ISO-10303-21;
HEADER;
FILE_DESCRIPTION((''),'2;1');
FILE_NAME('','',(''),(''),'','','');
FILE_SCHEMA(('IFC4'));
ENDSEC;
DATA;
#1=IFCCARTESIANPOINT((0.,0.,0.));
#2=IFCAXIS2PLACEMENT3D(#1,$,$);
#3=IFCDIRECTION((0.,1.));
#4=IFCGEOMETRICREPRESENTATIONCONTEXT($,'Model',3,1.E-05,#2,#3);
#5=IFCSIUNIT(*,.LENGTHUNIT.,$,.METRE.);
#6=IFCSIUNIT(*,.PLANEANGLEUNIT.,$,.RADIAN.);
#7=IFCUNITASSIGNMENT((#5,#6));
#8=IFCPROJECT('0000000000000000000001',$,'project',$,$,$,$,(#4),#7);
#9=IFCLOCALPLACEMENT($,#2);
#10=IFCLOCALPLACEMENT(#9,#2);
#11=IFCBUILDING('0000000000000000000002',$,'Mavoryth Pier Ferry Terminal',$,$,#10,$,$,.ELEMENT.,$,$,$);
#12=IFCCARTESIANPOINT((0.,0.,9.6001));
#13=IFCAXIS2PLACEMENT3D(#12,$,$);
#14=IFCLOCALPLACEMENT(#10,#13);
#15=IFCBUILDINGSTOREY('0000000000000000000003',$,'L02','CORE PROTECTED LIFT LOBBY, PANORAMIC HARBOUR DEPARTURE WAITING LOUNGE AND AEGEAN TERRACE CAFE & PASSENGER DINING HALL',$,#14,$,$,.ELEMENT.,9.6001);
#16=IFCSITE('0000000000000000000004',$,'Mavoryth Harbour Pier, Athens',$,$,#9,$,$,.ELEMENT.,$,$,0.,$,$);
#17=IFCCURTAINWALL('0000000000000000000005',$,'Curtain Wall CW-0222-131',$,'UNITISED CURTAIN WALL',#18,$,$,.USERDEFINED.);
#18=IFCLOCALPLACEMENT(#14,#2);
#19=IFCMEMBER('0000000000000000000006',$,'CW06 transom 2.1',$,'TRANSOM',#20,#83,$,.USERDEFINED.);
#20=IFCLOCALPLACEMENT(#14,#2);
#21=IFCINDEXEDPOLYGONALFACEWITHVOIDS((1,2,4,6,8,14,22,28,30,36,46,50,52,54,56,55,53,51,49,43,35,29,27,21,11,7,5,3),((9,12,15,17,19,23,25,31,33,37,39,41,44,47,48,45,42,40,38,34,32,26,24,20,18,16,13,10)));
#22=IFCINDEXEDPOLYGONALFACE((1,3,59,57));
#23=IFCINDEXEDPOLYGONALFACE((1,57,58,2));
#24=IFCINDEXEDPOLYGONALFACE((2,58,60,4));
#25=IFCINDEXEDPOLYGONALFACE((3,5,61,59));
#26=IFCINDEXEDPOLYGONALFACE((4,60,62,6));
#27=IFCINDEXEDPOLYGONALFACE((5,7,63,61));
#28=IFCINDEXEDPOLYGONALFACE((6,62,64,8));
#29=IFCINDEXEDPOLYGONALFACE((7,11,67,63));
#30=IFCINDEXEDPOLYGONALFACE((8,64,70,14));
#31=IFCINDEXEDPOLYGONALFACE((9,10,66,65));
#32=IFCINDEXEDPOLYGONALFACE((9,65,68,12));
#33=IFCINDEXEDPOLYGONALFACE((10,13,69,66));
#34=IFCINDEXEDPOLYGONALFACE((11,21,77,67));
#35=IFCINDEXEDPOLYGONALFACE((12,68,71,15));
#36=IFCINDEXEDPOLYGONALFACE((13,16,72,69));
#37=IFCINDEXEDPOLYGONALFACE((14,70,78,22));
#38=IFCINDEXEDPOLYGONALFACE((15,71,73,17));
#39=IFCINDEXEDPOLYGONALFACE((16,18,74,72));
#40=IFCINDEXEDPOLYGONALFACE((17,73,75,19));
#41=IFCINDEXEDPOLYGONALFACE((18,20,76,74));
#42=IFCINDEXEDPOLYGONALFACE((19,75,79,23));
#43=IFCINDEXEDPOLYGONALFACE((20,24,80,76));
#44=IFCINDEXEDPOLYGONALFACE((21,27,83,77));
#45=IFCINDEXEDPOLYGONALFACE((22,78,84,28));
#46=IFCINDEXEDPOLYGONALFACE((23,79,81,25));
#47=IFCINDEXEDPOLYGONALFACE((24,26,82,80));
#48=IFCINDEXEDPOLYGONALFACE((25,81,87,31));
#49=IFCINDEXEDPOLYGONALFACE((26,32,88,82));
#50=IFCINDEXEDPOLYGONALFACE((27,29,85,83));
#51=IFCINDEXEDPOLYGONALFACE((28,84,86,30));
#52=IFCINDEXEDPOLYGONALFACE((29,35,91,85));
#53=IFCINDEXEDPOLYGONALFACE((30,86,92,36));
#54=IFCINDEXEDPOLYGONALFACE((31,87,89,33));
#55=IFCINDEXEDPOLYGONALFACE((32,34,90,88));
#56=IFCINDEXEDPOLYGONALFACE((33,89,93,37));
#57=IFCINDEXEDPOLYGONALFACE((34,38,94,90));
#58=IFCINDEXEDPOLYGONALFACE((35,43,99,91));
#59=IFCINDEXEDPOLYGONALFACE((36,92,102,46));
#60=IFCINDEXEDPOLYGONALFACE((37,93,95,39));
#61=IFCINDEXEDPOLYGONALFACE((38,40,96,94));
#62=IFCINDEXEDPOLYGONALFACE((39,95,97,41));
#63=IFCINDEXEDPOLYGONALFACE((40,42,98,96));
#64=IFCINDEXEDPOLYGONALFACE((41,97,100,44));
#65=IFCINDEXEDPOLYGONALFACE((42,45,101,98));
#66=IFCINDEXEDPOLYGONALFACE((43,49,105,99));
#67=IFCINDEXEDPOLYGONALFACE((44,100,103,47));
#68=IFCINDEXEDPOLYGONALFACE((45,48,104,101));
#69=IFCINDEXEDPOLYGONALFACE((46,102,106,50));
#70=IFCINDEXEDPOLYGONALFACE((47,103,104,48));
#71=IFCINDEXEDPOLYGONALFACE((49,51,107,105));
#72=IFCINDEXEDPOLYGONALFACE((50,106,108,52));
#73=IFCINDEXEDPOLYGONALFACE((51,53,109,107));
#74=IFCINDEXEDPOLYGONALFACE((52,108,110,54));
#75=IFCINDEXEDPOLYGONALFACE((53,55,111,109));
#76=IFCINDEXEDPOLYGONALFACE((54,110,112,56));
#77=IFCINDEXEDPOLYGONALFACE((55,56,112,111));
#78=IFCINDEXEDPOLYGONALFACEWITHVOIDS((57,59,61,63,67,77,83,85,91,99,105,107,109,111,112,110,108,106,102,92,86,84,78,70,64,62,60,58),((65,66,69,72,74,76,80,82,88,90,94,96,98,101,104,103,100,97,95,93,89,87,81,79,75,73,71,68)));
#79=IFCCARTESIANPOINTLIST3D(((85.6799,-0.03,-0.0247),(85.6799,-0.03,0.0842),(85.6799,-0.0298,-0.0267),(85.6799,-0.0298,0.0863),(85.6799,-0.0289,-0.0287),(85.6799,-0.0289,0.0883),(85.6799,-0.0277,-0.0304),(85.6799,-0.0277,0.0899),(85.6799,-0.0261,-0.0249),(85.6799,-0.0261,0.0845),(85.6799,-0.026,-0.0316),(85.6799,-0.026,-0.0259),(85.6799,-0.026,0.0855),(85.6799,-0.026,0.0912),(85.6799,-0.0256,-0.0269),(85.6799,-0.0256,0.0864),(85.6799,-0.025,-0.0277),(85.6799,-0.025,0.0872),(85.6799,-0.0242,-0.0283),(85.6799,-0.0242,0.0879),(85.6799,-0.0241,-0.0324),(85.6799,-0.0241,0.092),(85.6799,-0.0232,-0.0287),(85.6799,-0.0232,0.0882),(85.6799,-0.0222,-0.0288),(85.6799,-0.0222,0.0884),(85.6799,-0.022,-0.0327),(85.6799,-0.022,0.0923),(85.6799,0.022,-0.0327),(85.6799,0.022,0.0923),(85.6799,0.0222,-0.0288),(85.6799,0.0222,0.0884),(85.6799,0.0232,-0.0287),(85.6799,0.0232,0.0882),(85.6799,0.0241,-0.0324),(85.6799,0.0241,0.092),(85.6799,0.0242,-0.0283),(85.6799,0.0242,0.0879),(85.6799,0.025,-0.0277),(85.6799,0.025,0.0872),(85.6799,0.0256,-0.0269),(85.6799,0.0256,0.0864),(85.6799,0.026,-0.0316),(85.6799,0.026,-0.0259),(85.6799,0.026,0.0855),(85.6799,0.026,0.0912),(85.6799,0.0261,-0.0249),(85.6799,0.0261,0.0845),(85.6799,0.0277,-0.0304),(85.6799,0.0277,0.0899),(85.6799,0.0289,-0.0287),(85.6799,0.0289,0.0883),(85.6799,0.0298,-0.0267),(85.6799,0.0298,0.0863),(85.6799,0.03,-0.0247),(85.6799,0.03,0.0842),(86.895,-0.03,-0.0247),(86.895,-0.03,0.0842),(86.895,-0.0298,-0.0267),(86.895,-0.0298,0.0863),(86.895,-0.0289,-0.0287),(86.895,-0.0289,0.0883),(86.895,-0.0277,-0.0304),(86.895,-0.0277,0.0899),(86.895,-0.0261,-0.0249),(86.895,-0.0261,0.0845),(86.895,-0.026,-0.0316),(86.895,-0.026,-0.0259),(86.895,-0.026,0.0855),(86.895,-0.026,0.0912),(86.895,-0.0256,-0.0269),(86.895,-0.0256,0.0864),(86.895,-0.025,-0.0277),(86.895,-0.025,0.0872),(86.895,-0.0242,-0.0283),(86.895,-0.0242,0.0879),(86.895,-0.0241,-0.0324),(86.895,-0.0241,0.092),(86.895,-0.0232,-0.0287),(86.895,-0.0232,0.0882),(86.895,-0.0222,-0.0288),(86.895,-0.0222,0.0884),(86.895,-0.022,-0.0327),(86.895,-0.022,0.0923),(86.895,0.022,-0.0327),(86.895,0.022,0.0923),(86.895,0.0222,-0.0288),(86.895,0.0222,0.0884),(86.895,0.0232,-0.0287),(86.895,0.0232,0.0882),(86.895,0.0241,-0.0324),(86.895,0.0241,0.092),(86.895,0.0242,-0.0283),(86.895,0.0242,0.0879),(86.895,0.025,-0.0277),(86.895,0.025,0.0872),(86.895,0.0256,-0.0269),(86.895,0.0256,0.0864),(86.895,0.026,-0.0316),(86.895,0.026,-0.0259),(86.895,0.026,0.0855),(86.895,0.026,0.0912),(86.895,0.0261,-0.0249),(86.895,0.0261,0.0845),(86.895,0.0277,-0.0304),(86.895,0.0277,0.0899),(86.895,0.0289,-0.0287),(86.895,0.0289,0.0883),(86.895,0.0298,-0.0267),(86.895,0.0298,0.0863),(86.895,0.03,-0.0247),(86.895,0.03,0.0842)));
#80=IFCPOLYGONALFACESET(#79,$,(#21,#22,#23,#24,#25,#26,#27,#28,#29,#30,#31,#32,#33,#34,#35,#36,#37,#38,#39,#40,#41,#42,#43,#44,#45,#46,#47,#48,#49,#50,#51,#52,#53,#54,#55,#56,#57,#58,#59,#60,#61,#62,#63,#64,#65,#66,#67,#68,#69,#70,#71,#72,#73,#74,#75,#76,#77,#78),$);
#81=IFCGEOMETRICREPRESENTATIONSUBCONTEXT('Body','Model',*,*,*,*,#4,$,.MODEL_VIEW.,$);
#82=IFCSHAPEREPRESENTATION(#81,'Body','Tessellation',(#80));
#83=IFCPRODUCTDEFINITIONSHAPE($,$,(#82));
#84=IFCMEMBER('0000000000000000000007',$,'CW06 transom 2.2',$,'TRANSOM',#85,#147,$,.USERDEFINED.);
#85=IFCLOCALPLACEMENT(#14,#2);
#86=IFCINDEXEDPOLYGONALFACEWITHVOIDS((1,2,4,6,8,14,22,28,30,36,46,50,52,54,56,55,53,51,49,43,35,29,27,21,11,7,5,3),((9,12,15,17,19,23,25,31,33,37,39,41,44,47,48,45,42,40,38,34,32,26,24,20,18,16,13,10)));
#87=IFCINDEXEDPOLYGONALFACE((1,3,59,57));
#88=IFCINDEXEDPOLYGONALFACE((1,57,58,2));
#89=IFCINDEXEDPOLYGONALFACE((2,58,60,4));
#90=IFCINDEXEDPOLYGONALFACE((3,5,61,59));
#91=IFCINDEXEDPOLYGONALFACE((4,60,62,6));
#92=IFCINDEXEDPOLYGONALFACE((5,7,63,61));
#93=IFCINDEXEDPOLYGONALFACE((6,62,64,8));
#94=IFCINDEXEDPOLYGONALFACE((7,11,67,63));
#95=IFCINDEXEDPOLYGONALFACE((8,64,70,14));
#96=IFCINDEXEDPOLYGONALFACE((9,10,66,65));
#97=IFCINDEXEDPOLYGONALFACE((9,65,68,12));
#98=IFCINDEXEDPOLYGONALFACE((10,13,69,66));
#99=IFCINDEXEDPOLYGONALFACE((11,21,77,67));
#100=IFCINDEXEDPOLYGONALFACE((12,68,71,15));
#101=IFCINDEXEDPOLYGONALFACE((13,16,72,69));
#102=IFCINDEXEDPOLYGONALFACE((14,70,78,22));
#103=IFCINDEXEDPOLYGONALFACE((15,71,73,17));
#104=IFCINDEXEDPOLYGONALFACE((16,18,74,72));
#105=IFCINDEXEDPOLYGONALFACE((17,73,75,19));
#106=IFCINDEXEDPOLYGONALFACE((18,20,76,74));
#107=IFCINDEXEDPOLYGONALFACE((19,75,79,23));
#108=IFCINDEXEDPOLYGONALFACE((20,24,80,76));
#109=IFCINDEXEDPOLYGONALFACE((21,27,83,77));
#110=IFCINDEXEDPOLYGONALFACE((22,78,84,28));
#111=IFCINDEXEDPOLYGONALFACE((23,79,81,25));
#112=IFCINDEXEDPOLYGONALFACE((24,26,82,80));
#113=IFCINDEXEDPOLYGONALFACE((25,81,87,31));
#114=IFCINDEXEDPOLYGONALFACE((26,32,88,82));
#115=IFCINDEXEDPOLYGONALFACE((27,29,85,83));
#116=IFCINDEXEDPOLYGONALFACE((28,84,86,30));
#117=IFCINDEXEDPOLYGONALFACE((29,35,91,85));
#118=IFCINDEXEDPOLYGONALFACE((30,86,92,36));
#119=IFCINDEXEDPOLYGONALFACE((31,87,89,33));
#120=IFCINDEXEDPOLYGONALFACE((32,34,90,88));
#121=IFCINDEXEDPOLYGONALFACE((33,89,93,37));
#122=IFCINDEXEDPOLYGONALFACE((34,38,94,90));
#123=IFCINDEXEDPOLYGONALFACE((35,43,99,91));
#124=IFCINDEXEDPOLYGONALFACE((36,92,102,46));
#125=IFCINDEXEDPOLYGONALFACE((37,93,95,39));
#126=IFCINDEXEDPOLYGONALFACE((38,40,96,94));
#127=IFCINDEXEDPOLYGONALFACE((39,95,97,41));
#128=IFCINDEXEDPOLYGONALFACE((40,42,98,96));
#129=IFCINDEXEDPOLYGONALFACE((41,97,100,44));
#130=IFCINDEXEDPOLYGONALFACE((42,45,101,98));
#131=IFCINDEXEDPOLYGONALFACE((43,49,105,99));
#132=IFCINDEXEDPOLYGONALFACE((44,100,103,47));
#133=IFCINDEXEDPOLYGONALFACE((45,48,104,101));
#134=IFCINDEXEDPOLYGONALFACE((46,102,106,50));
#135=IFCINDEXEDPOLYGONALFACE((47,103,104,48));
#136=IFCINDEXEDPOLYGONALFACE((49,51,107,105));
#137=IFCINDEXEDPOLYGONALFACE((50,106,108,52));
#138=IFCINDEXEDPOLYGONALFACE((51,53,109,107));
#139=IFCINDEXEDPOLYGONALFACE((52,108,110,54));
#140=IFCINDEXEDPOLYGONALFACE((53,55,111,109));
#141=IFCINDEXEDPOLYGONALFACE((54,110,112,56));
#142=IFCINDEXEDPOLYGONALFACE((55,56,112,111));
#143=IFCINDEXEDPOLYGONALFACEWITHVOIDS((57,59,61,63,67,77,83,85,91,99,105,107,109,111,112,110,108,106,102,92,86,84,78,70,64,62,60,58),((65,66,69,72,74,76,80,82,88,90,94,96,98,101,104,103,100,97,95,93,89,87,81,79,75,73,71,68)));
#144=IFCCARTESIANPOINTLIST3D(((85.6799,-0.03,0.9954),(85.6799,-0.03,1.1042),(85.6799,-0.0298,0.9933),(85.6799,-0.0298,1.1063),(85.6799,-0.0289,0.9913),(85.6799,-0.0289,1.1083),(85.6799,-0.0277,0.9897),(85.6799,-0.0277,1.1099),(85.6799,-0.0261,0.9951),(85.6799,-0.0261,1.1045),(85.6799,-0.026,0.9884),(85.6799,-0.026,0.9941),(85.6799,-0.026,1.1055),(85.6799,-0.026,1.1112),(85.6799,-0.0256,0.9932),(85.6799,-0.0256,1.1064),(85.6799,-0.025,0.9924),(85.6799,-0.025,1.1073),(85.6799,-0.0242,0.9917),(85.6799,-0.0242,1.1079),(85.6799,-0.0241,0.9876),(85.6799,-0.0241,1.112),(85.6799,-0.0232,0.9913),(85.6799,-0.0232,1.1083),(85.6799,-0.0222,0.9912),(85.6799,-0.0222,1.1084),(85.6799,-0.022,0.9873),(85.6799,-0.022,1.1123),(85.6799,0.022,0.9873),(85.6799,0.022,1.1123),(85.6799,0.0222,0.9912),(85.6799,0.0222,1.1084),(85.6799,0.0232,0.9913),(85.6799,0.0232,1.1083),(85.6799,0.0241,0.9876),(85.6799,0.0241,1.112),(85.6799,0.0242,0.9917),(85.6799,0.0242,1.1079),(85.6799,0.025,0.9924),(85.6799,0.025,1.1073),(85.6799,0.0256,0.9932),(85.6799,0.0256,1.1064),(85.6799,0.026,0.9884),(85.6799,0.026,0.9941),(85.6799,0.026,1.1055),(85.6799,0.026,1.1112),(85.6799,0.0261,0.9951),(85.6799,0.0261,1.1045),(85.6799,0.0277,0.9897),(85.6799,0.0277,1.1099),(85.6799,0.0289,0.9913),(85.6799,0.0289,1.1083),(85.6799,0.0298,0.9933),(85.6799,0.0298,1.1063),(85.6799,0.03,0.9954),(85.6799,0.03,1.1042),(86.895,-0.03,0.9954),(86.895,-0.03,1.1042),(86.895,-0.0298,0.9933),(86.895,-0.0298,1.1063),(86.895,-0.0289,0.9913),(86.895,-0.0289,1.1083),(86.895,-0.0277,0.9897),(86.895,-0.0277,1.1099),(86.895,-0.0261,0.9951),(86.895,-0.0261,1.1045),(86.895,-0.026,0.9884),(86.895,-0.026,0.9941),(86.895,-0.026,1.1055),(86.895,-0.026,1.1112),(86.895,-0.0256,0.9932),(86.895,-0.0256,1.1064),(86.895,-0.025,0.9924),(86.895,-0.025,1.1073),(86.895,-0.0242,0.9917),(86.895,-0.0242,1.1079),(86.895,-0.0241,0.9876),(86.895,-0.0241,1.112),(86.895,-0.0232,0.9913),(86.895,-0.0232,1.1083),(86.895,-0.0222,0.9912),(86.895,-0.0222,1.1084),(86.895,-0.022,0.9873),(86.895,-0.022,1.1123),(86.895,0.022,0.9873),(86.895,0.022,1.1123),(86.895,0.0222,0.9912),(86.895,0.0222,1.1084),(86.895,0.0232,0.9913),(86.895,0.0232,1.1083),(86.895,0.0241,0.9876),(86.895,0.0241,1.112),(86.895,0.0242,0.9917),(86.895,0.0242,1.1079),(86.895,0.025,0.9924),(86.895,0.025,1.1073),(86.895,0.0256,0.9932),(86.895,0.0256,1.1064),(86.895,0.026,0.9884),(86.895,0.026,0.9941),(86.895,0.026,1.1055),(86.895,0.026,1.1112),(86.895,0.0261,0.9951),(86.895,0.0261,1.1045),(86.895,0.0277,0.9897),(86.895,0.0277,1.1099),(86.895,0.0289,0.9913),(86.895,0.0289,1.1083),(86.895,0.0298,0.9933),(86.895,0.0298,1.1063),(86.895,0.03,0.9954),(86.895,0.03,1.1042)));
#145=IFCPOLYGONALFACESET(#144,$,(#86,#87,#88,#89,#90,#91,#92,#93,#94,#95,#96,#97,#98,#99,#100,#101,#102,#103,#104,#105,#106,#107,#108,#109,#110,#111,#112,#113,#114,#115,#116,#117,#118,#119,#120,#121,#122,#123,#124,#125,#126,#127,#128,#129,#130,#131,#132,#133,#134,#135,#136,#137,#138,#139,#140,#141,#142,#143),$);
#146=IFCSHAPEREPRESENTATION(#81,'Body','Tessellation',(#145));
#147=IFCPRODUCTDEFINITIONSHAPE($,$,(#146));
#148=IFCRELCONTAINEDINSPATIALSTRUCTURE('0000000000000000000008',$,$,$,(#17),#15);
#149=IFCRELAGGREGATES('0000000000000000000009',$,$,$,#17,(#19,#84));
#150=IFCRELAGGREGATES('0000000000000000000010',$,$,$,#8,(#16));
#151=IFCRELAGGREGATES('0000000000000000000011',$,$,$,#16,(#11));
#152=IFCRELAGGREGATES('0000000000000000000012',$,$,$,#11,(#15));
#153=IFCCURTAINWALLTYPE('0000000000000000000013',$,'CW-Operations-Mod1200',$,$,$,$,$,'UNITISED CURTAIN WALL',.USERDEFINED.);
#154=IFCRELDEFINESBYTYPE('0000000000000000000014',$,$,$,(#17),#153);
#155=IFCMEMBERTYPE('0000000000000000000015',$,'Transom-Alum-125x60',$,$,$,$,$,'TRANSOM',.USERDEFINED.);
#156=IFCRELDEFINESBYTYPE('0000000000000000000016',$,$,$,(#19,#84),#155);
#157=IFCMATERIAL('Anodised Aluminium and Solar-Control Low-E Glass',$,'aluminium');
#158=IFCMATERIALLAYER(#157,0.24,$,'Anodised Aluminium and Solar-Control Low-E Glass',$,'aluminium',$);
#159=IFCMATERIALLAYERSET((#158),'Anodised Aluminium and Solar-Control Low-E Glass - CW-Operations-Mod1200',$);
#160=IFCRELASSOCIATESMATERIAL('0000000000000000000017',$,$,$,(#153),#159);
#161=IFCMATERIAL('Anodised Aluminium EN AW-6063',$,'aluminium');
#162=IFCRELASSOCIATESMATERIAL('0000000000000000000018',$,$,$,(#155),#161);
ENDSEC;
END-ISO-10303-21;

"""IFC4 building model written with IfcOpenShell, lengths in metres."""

from ifc_helpers import new_model, si_unit, direction, frame, origin, origin_2d, place, context, subcontext, project, spatial, hollow_rectangle, extrude, material, layer, layer_set, material_profile, profile_set, type_object, element, aggregate, save


model = new_model("IFC4")

# Units and contexts
model_context = context("Model", 3, precision=1e-05, world=origin(), true_north=direction((0.0, 1.0)))
body_context = subcontext(model_context, "Body", "Model", "MODEL_VIEW")
ifc_project = project(units=[si_unit("LENGTHUNIT", "METRE"), si_unit("PLANEANGLEUNIT", "RADIAN")], contexts=[model_context])

# Site, building, storey
site_placement = place(None, origin())
site = spatial("IfcSite", under=ifc_project, at=site_placement, Name="Mavoryth Harbour Pier, Athens", CompositionType="ELEMENT", RefElevation=0.0)
building_placement = place(site_placement, origin())
building = spatial("IfcBuilding", under=site, at=building_placement, Name="Mavoryth Pier Ferry Terminal", CompositionType="ELEMENT")
storey_placement = place(building_placement, frame((0.0, 0.0, 9.6001)))
storey = spatial("IfcBuildingStorey", under=building, at=storey_placement, Name="L02", Description="CORE PROTECTED LIFT LOBBY, PANORAMIC HARBOUR DEPARTURE WAITING LOUNGE AND AEGEAN TERRACE CAFE & PASSENGER DINING HALL", CompositionType="ELEMENT", Elevation=9.6001)

# Curtain wall
ifc_material_1 = material(Name="Anodised Aluminium and Solar-Control Low-E Glass", Category="aluminium")
ifc_layer_1 = layer(ifc_material_1, 0.24, Name="Anodised Aluminium and Solar-Control Low-E Glass", Category="aluminium")
ifc_layer_set_1 = layer_set([ifc_layer_1], Name="Anodised Aluminium and Solar-Control Low-E Glass - CW-Operations-Mod1200")
curtain_wall_type = type_object("IfcCurtainWallType", Name="CW-Operations-Mod1200", ElementType="UNITISED CURTAIN WALL", PredefinedType="USERDEFINED", material=ifc_layer_set_1)
curtain_wall_placement = place(storey_placement, origin())
curtain_wall = element("IfcCurtainWall", 1, at=curtain_wall_placement, inside=storey, type_object=curtain_wall_type, Name="Curtain Wall CW-0222-131", ObjectType="UNITISED CURTAIN WALL", PredefinedType="USERDEFINED")
ifc_material_2 = material(Name="Anodised Aluminium EN AW-6063", Category="aluminium")

# Members
ifc_material_profile_1 = material_profile(ifc_material_2, hollow_rectangle(XDim=0.0601, YDim=0.125, WallThickness=0.0039, InnerFilletRadius=0.0039, OuterFilletRadius=0.0081, at=origin_2d()), Name="AL-TRAN 125x60x4", Category="aluminium")
ifc_profile_set_1 = profile_set([ifc_material_profile_1], Name="Anodised Aluminium EN AW-6063 - AL-TRAN 125x60x4")
member_type_1 = type_object("IfcMemberType", Name="Transom-Alum-125x60", ElementType="TRANSOM", PredefinedType="USERDEFINED", material=ifc_profile_set_1)
member_1_placement = place(storey_placement, frame((85.6799, 0.0, 0.0298), z_axis=(1.0, 0.0, 0.0), x_axis=(0.0, 1.0, 0.0)))
member_1 = element("IfcMember", 2, at=member_1_placement, type_object=member_type_1, Name="CW06 transom 2.1", ObjectType="TRANSOM", PredefinedType="USERDEFINED", context=body_context, shape_type="SweptSolid", body=[
    extrude(hollow_rectangle(XDim=0.0601, YDim=0.125, WallThickness=0.0039, InnerFilletRadius=0.0039, OuterFilletRadius=0.0081, at=origin_2d()), origin(), (0.0, 0.0, 1.0), 1.2151),
])
member_2_placement = place(storey_placement, frame((85.6799, 0.0, 1.0498), z_axis=(1.0, 0.0, 0.0), x_axis=(0.0, 1.0, 0.0)))
member_2 = element("IfcMember", 3, at=member_2_placement, type_object=member_type_1, Name="CW06 transom 2.2", ObjectType="TRANSOM", PredefinedType="USERDEFINED", context=body_context, shape_type="SweptSolid", body=[
    extrude(hollow_rectangle(XDim=0.0601, YDim=0.125, WallThickness=0.0039, InnerFilletRadius=0.0039, OuterFilletRadius=0.0081, at=origin_2d()), origin(), (0.0, 0.0, 1.0), 1.2151),
])

aggregate(curtain_wall, [member_1, member_2])

save(model, "model.ifc")
